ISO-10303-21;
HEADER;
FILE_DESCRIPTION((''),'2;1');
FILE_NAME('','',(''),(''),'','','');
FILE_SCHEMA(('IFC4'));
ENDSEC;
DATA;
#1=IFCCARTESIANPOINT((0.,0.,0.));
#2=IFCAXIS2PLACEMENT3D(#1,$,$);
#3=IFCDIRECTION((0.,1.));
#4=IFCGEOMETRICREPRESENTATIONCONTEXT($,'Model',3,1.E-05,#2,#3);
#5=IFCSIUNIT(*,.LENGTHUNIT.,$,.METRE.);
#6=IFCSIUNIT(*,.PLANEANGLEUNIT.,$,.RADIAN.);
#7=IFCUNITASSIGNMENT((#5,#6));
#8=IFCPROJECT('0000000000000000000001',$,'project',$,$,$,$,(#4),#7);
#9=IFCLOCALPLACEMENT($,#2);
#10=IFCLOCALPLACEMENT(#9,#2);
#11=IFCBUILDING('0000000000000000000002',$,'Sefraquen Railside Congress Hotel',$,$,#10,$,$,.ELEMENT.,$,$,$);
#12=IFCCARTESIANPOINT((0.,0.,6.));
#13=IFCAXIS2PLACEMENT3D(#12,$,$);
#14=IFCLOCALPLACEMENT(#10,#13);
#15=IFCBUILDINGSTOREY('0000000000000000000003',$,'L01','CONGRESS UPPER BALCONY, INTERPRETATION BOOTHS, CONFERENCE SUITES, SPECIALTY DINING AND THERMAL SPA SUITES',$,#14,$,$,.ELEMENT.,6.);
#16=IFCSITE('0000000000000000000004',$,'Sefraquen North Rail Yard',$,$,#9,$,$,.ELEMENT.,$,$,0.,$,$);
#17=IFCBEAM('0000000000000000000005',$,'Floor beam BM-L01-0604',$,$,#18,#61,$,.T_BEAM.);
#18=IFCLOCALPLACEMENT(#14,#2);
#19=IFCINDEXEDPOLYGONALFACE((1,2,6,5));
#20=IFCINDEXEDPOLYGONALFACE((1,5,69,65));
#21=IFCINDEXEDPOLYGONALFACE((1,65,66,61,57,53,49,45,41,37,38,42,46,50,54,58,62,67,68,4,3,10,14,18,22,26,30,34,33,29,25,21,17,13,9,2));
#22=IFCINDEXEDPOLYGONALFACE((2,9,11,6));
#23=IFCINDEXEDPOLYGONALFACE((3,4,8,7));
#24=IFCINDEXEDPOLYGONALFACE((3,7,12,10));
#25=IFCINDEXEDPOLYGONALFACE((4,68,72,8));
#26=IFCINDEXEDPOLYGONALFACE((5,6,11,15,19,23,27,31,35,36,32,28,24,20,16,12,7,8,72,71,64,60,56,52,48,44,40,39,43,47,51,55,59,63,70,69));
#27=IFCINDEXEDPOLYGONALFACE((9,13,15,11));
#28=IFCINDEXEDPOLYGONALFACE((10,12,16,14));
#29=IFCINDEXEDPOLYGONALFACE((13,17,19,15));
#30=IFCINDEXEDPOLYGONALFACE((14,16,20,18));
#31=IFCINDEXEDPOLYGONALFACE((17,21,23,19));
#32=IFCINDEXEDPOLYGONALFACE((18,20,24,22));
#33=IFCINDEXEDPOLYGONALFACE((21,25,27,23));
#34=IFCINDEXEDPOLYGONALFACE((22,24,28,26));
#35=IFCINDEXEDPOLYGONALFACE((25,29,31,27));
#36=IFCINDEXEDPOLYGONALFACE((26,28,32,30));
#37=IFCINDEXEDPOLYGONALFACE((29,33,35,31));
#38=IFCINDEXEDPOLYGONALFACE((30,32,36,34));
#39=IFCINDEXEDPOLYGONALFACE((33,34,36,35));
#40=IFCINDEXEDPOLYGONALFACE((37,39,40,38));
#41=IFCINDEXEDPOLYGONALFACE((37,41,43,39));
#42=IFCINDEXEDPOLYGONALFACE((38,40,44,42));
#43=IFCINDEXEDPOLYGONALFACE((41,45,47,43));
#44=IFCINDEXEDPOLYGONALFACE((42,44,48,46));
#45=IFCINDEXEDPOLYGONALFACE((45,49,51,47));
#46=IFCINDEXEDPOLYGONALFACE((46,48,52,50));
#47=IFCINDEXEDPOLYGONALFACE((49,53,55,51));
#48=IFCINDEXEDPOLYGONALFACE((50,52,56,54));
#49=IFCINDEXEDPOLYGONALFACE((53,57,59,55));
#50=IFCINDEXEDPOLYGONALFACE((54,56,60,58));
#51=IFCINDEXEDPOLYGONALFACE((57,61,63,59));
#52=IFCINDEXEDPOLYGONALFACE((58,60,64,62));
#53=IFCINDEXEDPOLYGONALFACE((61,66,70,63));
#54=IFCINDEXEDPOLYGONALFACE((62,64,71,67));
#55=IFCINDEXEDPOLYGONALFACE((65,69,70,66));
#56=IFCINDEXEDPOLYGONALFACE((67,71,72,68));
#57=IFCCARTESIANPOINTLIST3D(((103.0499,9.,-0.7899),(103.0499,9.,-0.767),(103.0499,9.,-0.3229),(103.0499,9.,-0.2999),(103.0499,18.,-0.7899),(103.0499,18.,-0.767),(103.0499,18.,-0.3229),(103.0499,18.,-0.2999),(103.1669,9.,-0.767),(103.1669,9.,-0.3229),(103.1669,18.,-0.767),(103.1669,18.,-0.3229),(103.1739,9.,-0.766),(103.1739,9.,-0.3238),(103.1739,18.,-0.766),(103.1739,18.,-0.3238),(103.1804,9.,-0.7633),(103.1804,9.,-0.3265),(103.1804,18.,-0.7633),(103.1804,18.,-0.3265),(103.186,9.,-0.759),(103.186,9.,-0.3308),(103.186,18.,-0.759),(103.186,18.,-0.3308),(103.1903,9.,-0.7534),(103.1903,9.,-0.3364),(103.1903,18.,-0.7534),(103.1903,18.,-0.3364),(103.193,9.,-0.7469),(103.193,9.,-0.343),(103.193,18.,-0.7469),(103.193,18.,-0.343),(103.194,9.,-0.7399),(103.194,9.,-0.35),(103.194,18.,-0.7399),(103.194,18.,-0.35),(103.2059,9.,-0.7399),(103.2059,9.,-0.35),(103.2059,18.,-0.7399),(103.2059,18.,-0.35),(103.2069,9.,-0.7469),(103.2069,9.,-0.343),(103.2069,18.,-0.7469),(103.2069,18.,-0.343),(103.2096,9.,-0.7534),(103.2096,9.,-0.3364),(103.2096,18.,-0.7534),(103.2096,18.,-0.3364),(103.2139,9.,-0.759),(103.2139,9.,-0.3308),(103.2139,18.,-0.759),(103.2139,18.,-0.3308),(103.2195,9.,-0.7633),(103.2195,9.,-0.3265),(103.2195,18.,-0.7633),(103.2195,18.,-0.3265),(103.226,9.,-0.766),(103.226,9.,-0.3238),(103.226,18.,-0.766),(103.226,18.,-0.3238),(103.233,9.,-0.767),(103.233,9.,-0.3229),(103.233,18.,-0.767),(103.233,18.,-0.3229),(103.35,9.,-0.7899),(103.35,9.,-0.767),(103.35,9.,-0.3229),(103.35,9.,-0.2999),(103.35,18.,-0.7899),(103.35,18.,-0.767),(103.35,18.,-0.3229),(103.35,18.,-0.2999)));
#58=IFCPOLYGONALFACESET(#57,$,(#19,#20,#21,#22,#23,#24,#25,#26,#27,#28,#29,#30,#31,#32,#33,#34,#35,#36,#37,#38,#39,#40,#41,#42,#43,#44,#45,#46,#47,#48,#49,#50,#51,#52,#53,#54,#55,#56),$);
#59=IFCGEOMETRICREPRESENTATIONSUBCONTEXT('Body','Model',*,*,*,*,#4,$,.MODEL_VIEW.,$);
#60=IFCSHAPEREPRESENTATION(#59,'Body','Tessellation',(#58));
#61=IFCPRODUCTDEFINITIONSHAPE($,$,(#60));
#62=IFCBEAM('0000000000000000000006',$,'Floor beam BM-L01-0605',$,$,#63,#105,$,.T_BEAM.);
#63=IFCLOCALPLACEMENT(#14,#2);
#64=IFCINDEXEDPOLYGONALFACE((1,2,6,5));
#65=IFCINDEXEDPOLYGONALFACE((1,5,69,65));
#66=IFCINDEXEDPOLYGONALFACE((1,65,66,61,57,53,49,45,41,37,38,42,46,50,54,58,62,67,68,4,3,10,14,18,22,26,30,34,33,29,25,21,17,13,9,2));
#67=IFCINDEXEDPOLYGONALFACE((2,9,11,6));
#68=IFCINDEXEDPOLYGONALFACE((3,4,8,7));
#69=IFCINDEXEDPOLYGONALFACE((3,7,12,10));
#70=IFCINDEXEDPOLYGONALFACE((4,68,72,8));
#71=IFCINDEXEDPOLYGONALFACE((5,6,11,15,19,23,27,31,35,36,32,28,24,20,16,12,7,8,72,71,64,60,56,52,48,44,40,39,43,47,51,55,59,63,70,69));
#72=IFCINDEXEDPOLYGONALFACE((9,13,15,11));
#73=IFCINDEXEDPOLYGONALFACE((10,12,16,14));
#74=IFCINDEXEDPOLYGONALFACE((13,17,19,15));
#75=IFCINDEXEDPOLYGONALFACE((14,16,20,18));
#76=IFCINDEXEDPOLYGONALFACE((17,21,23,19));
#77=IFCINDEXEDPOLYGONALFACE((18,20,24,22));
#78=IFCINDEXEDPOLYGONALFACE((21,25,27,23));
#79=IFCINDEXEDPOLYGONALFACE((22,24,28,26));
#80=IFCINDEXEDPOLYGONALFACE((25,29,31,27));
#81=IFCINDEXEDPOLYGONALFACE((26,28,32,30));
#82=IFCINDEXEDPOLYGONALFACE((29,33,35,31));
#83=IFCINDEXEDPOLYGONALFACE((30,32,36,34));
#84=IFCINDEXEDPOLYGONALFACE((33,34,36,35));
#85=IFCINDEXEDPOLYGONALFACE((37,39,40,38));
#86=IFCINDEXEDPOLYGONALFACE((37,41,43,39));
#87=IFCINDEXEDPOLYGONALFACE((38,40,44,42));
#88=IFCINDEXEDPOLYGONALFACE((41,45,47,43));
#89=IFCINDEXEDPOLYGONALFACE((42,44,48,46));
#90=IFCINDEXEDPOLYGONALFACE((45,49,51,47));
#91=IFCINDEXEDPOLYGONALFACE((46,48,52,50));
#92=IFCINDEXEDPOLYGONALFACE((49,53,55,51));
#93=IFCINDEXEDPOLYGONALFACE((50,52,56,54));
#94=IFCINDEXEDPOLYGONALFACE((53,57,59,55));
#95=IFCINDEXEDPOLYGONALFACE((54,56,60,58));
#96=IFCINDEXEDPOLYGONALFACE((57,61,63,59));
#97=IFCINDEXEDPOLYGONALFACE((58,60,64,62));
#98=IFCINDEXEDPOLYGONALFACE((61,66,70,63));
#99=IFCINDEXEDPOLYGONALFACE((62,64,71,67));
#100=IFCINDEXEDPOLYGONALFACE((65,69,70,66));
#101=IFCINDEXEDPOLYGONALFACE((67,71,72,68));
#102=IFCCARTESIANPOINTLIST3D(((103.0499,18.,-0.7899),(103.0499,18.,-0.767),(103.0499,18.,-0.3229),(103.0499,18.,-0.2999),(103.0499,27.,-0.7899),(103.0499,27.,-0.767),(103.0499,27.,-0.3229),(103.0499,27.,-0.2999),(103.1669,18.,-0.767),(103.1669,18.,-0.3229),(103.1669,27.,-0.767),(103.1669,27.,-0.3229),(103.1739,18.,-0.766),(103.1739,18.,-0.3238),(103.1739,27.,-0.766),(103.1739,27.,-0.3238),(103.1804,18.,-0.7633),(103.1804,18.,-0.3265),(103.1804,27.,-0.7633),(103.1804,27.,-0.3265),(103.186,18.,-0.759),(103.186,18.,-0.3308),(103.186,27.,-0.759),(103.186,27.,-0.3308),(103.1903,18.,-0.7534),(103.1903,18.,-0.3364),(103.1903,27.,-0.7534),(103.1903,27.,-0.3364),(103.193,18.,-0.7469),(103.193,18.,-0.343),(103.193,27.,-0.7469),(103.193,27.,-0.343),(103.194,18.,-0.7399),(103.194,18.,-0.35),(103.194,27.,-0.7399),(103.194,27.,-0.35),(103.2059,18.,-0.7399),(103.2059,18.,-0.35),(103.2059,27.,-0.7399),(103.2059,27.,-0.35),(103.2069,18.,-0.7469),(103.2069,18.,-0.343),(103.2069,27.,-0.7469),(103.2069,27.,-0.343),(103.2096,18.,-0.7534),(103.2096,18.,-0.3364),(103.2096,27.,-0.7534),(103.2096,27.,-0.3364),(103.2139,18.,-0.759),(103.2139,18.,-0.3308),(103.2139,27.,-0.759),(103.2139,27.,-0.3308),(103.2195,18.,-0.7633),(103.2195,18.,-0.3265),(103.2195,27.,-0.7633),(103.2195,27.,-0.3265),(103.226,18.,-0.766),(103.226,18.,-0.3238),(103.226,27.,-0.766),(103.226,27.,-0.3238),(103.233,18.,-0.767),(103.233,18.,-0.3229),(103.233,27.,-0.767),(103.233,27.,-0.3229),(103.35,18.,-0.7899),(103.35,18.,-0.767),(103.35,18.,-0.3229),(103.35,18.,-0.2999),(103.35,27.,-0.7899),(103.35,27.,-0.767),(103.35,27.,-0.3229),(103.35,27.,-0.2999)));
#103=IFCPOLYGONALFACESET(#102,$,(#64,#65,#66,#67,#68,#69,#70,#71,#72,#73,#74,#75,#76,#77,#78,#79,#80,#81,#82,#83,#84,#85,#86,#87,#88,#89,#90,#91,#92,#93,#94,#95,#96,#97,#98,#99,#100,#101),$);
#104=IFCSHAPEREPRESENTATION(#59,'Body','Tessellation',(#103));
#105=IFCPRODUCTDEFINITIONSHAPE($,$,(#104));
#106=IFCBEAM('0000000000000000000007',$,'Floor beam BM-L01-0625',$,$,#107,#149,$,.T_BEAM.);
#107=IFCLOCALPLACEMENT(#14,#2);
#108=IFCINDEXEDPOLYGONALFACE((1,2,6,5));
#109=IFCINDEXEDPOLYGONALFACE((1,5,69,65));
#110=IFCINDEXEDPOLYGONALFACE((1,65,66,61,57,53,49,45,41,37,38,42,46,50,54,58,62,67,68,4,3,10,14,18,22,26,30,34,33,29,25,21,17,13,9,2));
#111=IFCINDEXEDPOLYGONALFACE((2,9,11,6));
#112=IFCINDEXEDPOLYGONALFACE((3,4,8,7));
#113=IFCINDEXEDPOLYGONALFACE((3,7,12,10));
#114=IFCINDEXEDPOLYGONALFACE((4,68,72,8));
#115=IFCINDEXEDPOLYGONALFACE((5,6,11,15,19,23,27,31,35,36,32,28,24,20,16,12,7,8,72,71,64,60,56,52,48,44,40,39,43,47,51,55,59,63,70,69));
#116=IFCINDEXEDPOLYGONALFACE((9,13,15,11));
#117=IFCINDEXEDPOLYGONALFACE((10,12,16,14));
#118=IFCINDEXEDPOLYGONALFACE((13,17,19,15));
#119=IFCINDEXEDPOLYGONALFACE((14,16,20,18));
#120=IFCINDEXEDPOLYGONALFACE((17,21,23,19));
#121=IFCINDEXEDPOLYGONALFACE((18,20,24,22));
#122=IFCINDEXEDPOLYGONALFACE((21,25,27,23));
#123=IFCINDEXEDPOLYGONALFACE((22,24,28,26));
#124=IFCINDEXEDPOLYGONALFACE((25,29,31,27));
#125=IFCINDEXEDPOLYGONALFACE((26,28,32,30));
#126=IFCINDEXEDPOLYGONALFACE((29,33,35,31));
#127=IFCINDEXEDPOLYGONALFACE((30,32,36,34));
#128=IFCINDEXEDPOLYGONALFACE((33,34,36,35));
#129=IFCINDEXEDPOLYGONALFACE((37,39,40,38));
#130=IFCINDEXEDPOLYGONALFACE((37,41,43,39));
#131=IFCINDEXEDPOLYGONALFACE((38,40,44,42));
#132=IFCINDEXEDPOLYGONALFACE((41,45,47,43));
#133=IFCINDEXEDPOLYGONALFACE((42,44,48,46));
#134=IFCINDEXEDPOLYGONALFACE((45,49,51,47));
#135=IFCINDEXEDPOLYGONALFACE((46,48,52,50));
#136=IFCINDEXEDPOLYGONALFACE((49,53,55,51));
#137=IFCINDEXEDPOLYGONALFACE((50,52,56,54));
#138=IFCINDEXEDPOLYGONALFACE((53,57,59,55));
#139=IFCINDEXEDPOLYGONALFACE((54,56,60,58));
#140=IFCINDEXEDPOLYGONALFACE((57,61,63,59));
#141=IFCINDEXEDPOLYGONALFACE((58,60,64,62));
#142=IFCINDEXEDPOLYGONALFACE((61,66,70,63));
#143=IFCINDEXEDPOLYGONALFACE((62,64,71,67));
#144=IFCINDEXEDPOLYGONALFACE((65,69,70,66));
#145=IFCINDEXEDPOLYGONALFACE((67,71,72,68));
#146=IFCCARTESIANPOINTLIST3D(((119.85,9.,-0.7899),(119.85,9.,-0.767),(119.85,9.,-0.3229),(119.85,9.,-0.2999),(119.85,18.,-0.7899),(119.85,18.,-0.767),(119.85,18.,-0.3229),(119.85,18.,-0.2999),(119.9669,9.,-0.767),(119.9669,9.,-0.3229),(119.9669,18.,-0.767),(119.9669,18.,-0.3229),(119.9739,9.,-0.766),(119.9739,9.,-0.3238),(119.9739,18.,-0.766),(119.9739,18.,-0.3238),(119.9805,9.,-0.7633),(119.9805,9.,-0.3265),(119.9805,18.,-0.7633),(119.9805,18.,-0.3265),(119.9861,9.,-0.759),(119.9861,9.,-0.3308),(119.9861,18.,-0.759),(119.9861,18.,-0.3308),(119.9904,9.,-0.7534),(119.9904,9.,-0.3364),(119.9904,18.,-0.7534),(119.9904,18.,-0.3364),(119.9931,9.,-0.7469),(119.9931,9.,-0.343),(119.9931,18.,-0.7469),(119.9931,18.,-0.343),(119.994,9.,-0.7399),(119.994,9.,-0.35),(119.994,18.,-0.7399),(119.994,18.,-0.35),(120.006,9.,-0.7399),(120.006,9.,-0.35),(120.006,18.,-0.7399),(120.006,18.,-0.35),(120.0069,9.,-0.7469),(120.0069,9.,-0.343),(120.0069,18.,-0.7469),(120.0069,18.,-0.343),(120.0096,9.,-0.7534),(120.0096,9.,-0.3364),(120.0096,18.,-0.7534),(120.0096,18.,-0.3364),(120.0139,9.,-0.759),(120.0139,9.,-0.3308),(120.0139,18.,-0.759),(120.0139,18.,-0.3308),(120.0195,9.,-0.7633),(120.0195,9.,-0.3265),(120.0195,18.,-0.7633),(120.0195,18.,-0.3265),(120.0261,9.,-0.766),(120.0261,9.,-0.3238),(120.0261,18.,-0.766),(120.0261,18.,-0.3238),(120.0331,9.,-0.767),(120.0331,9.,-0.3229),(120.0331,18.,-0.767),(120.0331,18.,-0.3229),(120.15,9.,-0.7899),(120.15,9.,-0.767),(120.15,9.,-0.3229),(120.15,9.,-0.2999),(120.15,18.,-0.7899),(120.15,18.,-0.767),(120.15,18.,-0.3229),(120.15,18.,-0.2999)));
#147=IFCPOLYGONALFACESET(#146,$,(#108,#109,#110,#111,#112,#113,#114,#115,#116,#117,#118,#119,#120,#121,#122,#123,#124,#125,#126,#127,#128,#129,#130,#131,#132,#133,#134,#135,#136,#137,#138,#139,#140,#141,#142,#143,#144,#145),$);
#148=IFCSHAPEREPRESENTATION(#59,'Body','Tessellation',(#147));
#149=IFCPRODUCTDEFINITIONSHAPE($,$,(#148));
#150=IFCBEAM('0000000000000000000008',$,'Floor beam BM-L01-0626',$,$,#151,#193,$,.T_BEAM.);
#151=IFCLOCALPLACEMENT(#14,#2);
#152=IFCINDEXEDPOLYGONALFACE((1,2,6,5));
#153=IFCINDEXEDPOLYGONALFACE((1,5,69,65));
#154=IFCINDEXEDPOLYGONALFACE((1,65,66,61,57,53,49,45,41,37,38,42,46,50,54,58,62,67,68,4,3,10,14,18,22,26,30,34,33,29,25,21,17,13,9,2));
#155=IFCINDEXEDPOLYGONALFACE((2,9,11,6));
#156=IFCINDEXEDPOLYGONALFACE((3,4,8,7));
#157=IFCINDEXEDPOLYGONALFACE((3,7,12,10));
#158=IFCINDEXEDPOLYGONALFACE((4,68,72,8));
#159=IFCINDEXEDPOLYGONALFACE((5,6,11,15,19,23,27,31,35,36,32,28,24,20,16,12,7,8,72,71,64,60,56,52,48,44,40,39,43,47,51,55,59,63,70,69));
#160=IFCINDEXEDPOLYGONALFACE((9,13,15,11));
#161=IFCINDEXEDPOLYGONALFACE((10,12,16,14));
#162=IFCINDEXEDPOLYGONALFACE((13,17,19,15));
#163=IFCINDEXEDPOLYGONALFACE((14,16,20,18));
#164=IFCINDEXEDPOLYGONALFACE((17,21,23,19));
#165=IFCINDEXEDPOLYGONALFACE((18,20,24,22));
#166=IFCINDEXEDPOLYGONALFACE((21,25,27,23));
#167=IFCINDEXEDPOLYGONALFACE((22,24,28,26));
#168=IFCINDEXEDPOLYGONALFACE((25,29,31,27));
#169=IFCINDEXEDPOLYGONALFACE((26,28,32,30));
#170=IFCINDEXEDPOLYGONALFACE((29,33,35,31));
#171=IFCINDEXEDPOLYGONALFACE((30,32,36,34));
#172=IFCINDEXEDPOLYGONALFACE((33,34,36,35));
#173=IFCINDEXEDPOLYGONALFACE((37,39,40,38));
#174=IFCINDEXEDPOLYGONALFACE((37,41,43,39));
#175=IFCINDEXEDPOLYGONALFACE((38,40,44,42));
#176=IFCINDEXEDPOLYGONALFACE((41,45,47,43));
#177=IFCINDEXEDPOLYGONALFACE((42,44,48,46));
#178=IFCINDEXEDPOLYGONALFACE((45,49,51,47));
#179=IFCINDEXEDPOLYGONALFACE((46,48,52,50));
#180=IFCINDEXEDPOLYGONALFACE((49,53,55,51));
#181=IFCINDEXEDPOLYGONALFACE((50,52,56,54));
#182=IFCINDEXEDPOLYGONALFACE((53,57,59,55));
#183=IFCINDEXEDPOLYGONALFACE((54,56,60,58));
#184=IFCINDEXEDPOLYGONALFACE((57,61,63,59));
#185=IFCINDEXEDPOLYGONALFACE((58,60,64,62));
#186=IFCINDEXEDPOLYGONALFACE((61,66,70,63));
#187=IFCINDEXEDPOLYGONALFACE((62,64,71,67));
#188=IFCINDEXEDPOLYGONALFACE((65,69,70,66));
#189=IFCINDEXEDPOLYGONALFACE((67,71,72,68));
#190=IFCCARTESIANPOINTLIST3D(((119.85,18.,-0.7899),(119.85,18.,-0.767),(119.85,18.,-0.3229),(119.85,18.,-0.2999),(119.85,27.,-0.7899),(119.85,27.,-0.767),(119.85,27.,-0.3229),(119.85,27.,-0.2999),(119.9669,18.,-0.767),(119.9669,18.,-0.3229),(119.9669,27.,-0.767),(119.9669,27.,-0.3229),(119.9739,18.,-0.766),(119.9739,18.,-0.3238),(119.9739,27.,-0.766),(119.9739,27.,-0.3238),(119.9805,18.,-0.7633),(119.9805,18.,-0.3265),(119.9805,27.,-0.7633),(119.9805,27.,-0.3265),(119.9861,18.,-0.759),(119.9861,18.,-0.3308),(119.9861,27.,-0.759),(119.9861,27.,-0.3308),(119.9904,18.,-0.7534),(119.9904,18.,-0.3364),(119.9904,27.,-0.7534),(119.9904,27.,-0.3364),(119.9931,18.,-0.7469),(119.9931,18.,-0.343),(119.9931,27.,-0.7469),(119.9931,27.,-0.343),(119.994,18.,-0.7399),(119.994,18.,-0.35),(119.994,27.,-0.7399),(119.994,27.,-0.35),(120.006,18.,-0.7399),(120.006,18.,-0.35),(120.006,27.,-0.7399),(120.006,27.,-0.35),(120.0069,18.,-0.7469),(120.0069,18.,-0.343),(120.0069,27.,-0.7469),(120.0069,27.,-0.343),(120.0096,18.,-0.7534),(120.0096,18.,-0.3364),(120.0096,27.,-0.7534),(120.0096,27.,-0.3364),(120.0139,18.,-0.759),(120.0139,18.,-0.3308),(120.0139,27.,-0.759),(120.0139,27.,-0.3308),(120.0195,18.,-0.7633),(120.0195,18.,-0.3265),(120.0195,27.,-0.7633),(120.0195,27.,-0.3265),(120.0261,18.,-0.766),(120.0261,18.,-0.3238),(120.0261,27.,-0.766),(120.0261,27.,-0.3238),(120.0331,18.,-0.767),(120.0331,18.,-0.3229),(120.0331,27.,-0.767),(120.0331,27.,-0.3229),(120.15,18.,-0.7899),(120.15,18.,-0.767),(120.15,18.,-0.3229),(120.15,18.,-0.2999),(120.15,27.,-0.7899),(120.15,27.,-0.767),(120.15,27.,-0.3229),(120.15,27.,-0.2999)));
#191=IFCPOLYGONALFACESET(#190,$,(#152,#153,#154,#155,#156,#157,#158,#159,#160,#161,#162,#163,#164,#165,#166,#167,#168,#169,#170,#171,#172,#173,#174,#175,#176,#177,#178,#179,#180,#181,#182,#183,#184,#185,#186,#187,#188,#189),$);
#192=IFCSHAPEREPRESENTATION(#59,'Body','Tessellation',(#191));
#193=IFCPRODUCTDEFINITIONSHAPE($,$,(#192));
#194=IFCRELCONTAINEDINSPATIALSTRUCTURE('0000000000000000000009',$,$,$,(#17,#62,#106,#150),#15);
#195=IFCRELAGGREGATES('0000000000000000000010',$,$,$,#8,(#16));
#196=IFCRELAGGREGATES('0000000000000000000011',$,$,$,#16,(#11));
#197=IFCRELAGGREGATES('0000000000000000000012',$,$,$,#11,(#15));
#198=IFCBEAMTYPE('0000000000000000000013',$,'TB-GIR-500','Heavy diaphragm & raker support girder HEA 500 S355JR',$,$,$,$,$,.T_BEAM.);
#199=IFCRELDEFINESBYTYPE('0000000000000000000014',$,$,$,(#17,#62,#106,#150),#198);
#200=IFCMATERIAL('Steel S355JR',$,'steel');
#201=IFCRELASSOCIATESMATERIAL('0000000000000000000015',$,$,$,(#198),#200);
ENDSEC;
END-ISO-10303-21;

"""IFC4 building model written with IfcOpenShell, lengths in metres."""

from ifc_helpers import new_model, si_unit, direction, frame, origin, origin_2d, place, context, subcontext, project, spatial, i_section, extrude, material, material_profile, profile_set, type_object, element, save


model = new_model("IFC4")

# Units and contexts
model_context = context("Model", 3, precision=1e-05, world=origin(), true_north=direction((0.0, 1.0)))
body_context = subcontext(model_context, "Body", "Model", "MODEL_VIEW")
ifc_project = project(units=[si_unit("LENGTHUNIT", "METRE"), si_unit("PLANEANGLEUNIT", "RADIAN")], contexts=[model_context])

# Site, building, storey
site_placement = place(None, origin())
site = spatial("IfcSite", under=ifc_project, at=site_placement, Name="Sefraquen North Rail Yard", CompositionType="ELEMENT", RefElevation=0.0)
building_placement = place(site_placement, origin())
building = spatial("IfcBuilding", under=site, at=building_placement, Name="Sefraquen Railside Congress Hotel", CompositionType="ELEMENT")
storey_placement = place(building_placement, frame((0.0, 0.0, 6.0)))
storey = spatial("IfcBuildingStorey", under=building, at=storey_placement, Name="L01", Description="CONGRESS UPPER BALCONY, INTERPRETATION BOOTHS, CONFERENCE SUITES, SPECIALTY DINING AND THERMAL SPA SUITES", CompositionType="ELEMENT", Elevation=6.0)

# Shared definitions
ifc_material_1 = material(Name="Steel S355JR", Category="steel")

# Beams
ifc_material_profile_1 = material_profile(ifc_material_1, i_section(OverallWidth=0.3, OverallDepth=0.49, WebThickness=0.012, FlangeThickness=0.0229, FilletRadius=0.0271, at=origin_2d()), Name="HEA 500")
ifc_profile_set_1 = profile_set([ifc_material_profile_1], Name="Steel S355JR")
beam_type_1 = type_object("IfcBeamType", Name="TB-GIR-500", Description="Heavy diaphragm & raker support girder HEA 500 S355JR", PredefinedType="T_BEAM", material=ifc_profile_set_1)
for number, where, z_axis, x_axis, name in (
    (1, (103.2, 9.0, -0.5449), (0.0, 1.0, 0.0), (-1.0, 0.0, 0.0), "Floor beam BM-L01-0604"),
    (2, (103.2, 18.0, -0.5449), (0.0, 1.0, 0.0), (-1.0, 0.0, 0.0), "Floor beam BM-L01-0605"),
    (3, (120.0, 9.0, -0.5449), (0.0, 1.0, 0.0), (-1.0, 0.0, 0.0), "Floor beam BM-L01-0625"),
    (4, (120.0, 18.0, -0.5449), (0.0, 1.0, 0.0), (-1.0, 0.0, 0.0), "Floor beam BM-L01-0626"),
):
    element("IfcBeam", number, at=place(storey_placement, frame(where, z_axis=z_axis, x_axis=x_axis)), inside=storey, type_object=beam_type_1, Name=name, PredefinedType="T_BEAM", context=body_context, shape_type="SweptSolid", body=[
        extrude(i_section(OverallWidth=0.3, OverallDepth=0.49, WebThickness=0.012, FlangeThickness=0.0229, FilletRadius=0.0271, at=origin_2d()), origin(), (0.0, 0.0, 1.0), 9.0),
    ])

save(model, "model.ifc")
